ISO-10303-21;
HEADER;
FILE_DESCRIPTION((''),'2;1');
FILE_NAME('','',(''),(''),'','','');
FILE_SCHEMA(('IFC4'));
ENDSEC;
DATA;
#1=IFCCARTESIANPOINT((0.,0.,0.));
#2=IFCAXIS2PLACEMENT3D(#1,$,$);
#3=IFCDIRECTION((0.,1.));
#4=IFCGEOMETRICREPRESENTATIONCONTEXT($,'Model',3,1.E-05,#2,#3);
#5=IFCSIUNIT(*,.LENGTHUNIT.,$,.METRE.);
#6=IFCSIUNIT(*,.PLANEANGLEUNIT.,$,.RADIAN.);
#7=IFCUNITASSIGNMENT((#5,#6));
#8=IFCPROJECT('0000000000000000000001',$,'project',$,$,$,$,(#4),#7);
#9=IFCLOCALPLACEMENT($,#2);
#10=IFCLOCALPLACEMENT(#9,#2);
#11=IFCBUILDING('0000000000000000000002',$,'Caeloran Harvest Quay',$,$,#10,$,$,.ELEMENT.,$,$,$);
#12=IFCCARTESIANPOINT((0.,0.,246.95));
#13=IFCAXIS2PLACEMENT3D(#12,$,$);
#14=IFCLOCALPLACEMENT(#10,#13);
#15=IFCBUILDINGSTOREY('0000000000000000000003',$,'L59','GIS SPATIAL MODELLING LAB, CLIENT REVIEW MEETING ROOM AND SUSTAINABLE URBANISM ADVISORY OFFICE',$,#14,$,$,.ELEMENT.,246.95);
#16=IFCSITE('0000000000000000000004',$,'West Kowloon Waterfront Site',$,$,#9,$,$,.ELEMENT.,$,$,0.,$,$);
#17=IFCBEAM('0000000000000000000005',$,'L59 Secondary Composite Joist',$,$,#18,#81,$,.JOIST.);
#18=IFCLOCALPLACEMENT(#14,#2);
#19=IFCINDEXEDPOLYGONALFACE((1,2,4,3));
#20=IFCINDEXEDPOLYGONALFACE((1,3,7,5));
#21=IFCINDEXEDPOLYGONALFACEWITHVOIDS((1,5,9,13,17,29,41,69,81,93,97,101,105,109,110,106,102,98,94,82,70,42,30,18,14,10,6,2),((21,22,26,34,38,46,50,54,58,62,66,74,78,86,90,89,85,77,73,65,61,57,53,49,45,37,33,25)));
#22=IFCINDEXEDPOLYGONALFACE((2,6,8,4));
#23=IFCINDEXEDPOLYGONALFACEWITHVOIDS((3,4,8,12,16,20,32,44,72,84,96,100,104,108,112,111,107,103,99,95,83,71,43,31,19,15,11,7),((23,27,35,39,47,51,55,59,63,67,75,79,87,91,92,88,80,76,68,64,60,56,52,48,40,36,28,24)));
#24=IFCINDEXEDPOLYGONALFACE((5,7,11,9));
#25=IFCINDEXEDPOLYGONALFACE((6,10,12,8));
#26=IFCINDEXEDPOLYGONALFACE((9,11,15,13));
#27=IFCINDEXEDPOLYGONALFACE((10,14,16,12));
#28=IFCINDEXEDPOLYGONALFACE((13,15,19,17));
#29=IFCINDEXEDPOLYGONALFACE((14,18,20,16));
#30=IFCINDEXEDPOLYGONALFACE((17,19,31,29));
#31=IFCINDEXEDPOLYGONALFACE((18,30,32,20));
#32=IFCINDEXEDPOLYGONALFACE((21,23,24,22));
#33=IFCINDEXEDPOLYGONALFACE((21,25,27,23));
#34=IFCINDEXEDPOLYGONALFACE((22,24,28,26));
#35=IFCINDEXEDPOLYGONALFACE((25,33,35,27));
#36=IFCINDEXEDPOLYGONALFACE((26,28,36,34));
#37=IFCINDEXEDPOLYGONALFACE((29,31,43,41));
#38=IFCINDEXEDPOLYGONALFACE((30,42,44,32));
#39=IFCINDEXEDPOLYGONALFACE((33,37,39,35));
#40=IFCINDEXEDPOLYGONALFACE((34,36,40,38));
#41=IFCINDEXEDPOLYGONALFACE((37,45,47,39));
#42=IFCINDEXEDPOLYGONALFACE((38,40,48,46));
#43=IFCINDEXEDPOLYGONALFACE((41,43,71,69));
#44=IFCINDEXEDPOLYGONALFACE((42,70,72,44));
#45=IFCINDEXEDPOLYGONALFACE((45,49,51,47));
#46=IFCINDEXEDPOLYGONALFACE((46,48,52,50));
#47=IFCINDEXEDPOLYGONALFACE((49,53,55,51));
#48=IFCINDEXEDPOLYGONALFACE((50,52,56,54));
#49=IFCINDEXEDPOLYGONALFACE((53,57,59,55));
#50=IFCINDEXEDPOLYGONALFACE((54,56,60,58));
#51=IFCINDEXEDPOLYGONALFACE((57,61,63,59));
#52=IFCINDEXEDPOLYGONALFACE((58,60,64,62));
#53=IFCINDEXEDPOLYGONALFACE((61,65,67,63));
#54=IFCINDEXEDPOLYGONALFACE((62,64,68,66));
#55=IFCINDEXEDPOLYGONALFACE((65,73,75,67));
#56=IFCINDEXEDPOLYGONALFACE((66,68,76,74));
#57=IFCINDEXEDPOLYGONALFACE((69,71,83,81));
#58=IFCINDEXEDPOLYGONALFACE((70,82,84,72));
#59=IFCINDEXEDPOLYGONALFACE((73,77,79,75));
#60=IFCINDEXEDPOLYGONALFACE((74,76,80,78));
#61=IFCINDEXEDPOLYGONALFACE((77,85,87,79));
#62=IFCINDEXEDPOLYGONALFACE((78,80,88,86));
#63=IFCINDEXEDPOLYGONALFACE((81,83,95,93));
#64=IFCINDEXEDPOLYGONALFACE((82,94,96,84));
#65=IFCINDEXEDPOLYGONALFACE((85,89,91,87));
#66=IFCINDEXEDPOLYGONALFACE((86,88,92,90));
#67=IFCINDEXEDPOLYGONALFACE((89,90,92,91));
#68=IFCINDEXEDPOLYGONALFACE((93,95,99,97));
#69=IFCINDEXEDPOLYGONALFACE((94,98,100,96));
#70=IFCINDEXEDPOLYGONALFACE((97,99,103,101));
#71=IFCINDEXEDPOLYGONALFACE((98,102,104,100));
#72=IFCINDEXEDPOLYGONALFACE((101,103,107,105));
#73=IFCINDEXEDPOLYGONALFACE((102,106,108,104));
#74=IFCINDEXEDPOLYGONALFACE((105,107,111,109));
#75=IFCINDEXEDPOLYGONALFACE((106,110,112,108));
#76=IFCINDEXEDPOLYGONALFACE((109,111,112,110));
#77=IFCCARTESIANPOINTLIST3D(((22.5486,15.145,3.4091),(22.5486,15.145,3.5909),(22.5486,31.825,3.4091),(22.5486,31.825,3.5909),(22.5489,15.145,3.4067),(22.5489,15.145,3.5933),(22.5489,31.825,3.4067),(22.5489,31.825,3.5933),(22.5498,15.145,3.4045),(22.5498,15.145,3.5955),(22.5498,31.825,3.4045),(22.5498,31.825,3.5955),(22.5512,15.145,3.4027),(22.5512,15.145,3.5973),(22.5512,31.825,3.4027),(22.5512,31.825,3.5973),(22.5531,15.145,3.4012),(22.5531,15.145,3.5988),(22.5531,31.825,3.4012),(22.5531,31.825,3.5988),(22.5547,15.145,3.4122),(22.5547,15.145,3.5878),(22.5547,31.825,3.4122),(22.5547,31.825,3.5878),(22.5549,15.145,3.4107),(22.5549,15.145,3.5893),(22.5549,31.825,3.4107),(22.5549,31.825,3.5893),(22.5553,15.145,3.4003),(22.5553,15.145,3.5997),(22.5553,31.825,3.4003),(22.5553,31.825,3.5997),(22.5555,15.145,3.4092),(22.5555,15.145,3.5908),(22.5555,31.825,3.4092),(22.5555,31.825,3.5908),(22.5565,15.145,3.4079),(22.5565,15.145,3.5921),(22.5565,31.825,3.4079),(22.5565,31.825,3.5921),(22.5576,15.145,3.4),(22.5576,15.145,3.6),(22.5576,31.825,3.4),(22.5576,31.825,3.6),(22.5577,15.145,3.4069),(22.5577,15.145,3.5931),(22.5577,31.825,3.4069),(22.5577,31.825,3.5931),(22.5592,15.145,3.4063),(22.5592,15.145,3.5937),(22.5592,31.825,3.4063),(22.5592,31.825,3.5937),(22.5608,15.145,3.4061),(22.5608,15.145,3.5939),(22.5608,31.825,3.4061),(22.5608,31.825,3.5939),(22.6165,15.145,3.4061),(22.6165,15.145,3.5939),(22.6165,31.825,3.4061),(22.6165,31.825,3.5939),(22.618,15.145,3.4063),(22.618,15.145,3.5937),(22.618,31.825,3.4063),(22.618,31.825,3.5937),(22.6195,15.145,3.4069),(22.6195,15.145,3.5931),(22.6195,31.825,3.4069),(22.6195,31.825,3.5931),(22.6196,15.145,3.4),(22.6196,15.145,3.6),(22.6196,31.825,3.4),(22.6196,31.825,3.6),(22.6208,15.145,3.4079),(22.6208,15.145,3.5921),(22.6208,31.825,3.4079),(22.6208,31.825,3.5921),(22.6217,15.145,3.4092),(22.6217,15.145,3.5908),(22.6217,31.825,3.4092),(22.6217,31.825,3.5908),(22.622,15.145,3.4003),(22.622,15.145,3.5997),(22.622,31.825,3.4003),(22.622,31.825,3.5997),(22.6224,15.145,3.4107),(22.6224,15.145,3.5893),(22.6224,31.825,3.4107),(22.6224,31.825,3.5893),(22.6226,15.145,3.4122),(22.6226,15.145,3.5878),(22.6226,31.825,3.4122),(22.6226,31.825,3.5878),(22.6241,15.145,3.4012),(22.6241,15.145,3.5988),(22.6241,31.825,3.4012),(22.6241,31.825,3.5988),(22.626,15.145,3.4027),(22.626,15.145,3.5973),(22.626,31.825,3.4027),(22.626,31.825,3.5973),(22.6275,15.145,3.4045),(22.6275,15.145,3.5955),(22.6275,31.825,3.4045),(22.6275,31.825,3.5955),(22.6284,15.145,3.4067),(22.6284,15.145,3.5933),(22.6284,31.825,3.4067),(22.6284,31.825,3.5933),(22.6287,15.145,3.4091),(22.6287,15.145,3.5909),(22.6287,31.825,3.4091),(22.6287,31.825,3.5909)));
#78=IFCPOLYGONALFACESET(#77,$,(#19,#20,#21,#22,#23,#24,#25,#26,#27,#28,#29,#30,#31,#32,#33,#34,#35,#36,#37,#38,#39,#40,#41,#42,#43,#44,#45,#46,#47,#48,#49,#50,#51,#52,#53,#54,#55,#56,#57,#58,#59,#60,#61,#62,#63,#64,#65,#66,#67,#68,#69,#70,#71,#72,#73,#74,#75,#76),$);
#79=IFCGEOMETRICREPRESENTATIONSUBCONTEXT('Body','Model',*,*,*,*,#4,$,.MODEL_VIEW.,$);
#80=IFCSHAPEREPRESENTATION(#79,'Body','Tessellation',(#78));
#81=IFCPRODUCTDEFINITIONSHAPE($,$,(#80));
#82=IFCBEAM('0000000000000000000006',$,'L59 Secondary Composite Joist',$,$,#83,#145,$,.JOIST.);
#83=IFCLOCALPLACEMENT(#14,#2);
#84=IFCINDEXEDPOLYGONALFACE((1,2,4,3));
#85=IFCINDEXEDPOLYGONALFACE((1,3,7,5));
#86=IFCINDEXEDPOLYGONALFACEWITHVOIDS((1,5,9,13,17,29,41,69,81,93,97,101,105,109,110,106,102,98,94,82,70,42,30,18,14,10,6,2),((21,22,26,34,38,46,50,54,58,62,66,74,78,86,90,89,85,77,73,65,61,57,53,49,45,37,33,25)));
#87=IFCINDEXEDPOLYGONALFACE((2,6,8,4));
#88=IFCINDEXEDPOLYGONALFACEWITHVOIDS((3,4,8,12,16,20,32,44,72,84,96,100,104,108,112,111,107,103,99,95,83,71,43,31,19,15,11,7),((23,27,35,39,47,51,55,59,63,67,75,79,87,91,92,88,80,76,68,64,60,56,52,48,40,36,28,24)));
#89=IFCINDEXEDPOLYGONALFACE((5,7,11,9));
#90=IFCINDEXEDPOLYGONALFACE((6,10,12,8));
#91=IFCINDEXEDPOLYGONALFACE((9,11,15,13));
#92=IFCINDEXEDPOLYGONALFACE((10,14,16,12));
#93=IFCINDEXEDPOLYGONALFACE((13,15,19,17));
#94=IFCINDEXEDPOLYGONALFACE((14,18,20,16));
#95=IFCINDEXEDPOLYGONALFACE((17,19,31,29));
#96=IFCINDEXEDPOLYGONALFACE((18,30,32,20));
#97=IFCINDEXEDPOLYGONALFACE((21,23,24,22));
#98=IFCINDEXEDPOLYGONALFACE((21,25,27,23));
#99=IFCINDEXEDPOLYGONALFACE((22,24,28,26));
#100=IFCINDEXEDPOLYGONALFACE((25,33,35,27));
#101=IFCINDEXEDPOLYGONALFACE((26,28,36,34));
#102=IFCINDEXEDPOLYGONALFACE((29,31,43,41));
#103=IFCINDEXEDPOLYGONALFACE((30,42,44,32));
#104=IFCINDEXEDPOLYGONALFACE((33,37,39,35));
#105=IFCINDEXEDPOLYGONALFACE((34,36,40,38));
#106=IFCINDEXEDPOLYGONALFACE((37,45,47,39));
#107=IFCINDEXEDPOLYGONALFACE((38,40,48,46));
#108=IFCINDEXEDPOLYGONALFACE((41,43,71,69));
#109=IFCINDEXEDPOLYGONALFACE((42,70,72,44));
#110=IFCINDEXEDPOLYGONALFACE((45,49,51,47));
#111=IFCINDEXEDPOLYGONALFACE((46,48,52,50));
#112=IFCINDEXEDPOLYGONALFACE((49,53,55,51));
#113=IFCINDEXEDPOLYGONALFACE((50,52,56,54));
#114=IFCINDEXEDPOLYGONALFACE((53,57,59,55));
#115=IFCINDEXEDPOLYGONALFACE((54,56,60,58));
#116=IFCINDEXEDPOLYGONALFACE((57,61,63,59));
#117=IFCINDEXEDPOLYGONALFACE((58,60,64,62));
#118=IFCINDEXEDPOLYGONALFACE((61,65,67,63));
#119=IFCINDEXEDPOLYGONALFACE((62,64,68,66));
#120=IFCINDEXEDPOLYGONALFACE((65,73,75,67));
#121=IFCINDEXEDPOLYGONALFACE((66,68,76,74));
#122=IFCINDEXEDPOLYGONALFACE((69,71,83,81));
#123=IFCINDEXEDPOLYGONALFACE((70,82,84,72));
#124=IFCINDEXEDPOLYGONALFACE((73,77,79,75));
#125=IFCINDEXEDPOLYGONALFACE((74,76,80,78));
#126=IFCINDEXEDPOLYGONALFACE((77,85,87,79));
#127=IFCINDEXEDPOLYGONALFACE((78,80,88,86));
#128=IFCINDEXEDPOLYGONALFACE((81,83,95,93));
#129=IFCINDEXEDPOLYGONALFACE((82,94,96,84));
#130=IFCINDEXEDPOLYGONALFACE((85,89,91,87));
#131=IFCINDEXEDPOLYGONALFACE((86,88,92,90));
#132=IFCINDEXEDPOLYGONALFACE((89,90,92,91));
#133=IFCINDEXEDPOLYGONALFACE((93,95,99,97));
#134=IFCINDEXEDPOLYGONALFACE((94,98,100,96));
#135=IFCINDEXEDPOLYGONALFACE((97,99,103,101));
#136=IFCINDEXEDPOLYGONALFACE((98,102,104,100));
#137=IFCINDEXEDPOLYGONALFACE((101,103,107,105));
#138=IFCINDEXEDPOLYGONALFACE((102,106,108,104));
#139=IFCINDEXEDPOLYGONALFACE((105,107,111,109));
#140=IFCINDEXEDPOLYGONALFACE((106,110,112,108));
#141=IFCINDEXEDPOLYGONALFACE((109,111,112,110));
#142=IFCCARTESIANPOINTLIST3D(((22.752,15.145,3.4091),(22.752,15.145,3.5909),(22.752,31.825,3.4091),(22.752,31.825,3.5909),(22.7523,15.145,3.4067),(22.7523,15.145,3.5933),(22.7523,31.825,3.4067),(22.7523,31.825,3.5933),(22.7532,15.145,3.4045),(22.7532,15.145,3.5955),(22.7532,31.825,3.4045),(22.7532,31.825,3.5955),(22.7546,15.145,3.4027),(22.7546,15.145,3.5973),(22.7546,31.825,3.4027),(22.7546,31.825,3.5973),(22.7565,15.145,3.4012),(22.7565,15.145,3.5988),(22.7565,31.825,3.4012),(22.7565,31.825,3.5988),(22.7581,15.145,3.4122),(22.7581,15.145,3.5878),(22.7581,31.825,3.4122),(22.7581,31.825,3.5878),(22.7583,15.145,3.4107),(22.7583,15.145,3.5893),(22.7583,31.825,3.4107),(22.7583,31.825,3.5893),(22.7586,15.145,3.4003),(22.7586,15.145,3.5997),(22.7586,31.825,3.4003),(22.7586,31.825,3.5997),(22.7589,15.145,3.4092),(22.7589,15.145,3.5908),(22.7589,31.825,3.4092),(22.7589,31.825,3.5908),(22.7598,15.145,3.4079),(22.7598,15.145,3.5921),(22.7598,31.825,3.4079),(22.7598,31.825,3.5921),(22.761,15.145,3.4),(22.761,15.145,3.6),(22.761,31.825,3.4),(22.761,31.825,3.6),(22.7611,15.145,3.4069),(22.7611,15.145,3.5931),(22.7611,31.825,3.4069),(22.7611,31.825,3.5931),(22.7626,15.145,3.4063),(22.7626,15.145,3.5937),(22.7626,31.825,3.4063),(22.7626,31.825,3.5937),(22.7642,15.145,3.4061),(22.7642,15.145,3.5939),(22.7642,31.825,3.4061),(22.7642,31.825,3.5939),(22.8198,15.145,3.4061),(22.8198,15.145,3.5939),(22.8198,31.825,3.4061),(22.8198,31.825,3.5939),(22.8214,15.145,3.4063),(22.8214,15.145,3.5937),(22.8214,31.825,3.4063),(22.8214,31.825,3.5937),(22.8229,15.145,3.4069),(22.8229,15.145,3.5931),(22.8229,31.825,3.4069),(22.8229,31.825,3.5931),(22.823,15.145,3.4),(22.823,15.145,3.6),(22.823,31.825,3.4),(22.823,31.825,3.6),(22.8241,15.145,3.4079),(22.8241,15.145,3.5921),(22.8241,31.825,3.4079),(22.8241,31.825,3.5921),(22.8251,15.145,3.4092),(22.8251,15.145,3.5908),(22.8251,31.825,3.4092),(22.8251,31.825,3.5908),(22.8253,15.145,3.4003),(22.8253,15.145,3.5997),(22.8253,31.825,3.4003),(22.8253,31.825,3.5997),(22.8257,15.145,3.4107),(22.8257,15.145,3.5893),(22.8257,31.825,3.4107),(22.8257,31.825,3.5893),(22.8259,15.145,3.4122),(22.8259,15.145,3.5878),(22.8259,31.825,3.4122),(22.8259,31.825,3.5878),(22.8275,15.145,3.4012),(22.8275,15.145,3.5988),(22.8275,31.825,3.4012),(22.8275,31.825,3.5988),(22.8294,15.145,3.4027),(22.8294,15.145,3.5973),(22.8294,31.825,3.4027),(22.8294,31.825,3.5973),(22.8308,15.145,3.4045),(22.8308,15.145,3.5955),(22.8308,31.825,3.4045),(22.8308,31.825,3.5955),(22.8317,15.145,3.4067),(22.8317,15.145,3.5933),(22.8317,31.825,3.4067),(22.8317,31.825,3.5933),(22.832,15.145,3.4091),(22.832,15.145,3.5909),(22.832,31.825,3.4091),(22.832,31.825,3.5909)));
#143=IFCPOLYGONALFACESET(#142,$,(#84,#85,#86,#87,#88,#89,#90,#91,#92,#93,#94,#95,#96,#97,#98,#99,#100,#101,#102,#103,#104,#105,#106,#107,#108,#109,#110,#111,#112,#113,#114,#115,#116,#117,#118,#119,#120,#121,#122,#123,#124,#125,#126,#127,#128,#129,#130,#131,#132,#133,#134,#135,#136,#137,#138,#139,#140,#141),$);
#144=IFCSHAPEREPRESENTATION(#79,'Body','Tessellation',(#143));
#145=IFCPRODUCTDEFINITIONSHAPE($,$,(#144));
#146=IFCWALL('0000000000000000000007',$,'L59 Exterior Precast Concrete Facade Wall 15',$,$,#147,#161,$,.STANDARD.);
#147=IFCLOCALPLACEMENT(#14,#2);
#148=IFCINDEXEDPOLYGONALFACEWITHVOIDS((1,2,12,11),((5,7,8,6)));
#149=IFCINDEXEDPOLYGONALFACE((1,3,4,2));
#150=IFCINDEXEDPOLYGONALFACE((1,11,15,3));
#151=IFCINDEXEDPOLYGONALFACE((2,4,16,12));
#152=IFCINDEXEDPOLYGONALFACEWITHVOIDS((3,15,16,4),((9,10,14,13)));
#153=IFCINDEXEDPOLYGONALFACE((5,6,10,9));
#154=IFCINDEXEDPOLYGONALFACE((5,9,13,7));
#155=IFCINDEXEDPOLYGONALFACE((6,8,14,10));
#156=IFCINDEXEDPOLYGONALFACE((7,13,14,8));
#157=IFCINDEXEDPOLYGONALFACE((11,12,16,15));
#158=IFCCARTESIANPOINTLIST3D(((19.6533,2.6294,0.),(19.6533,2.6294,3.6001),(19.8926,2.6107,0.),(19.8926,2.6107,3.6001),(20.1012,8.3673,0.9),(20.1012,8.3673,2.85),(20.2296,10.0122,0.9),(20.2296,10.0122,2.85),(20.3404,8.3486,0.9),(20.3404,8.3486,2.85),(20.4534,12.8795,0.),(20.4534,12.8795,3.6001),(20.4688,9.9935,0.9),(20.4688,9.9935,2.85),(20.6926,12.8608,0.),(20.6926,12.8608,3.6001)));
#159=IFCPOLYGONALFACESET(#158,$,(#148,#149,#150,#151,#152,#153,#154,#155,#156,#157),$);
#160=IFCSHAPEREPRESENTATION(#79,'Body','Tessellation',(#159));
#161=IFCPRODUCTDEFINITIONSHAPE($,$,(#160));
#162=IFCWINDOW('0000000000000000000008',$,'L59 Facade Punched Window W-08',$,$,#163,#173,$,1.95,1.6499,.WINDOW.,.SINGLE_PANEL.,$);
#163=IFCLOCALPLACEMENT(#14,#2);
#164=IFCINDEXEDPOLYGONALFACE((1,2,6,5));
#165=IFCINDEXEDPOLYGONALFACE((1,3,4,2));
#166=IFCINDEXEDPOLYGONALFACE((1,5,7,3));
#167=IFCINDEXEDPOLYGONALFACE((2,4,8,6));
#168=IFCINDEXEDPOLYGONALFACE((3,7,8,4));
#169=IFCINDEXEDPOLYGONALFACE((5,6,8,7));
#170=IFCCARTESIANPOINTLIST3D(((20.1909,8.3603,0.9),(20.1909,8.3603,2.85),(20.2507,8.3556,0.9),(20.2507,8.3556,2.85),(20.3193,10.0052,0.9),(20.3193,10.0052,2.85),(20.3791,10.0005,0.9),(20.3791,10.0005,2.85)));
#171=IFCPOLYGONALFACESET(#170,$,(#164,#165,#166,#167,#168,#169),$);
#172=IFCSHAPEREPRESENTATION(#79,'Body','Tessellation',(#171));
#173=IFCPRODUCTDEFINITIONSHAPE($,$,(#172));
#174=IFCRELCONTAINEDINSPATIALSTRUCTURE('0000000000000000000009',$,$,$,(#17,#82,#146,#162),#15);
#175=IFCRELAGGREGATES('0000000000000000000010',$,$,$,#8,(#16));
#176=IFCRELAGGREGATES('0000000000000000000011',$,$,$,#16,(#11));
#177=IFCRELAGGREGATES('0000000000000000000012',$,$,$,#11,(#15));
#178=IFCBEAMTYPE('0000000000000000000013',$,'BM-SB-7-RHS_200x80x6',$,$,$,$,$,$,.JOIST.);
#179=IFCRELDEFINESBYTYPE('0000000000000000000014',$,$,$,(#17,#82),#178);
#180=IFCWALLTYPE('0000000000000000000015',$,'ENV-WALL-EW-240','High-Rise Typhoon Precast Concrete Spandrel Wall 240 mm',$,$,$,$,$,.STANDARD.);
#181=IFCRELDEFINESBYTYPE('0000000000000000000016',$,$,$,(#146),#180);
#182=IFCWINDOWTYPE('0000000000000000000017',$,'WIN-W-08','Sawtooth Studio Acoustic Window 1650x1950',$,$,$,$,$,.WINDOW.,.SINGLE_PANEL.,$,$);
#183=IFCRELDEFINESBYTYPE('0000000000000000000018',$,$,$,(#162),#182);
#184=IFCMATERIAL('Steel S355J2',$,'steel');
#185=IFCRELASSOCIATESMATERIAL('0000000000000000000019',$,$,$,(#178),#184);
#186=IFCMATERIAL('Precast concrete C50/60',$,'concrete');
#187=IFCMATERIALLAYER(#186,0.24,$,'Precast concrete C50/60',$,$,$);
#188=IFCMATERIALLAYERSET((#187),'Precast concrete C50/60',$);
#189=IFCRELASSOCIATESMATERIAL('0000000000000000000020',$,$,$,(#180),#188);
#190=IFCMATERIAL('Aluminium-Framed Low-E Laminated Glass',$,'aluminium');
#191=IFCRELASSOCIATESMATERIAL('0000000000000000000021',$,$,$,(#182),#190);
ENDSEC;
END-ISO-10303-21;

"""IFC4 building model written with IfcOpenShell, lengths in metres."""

from ifc_helpers import new_model, si_unit, direction, frame, frame_2d, origin, origin_2d, place, context, subcontext, project, spatial, rectangle, hollow_rectangle, extrude, material, layer, layer_set, material_profile, profile_set, type_object, element, fill, save


model = new_model("IFC4")

# Units and contexts
model_context = context("Model", 3, precision=1e-05, world=origin(), true_north=direction((0.0, 1.0)))
body_context = subcontext(model_context, "Body", "Model", "MODEL_VIEW")
ifc_project = project(units=[si_unit("LENGTHUNIT", "METRE"), si_unit("PLANEANGLEUNIT", "RADIAN")], contexts=[model_context])

# Site, building, storey
site_placement = place(None, origin())
site = spatial("IfcSite", under=ifc_project, at=site_placement, Name="West Kowloon Waterfront Site", CompositionType="ELEMENT", RefElevation=0.0)
building_placement = place(site_placement, origin())
building = spatial("IfcBuilding", under=site, at=building_placement, Name="Caeloran Harvest Quay", CompositionType="ELEMENT")
storey_placement = place(building_placement, frame((0.0, 0.0, 246.95)))
storey = spatial("IfcBuildingStorey", under=building, at=storey_placement, Name="L59", Description="GIS SPATIAL MODELLING LAB, CLIENT REVIEW MEETING ROOM AND SUSTAINABLE URBANISM ADVISORY OFFICE", CompositionType="ELEMENT", Elevation=246.95)

# Beams
ifc_material_1 = material(Name="Steel S355J2", Category="steel")
ifc_material_profile_1 = material_profile(ifc_material_1, hollow_rectangle(XDim=0.0801, YDim=0.2, WallThickness=0.0061, InnerFilletRadius=0.0061, OuterFilletRadius=0.009, at=origin_2d()), Name="RHS 200x80x6")
ifc_profile_set_1 = profile_set([ifc_material_profile_1], Name="Steel S355J2")
beam_type_1 = type_object("IfcBeamType", Name="BM-SB-7-RHS_200x80x6", PredefinedType="JOIST", material=ifc_profile_set_1)
for number, where, z_axis, x_axis, name in (
    (1, (22.5886, 15.145, 3.5), (0.0, 1.0, 0.0), (-1.0, 0.0, 0.0), "L59 Secondary Composite Joist"),
    (2, (22.792, 15.145, 3.5), (0.0, 1.0, 0.0), (-1.0, 0.0, 0.0), "L59 Secondary Composite Joist"),
):
    element("IfcBeam", number, at=place(storey_placement, frame(where, z_axis=z_axis, x_axis=x_axis)), inside=storey, type_object=beam_type_1, Name=name, PredefinedType="JOIST", context=body_context, shape_type="SweptSolid", body=[
        extrude(hollow_rectangle(XDim=0.0801, YDim=0.2, WallThickness=0.0061, InnerFilletRadius=0.0061, OuterFilletRadius=0.009, at=origin_2d()), origin(), (0.0, 0.0, 1.0), 16.6799),
    ])

# Wall, opening, window
ifc_material_2 = material(Name="Precast concrete C50/60", Category="concrete")
ifc_layer_1 = layer(ifc_material_2, 0.24, Name="Precast concrete C50/60")
ifc_layer_set_1 = layer_set([ifc_layer_1], Name="Precast concrete C50/60")
wall_type_1 = type_object("IfcWallType", Name="ENV-WALL-EW-240", Description="High-Rise Typhoon Precast Concrete Spandrel Wall 240 mm", PredefinedType="STANDARD", material=ifc_layer_set_1)
wall_1_placement = place(storey_placement, frame((20.573, 12.8701, 0.0), z_axis=(0.0, 0.0, 1.0), x_axis=(-0.077817, -0.996968, 0.0)))
wall_1 = element("IfcWall", 3, at=wall_1_placement, inside=storey, type_object=wall_type_1, Name="L59 Exterior Precast Concrete Facade Wall 15", PredefinedType="STANDARD", context=body_context, shape_type="SweptSolid", body=[
    extrude(rectangle(XDim=10.2812, YDim=0.24, at=frame_2d((5.1406, 0.0))), origin(), (0.0, 0.0, 1.0), 3.6001),
])
opening_1_placement = place(wall_1_placement, frame((2.876, 0.0, 0.8999)))
opening_1 = element("IfcOpeningElement", 4, at=opening_1_placement, cuts=wall_1, PredefinedType="OPENING", context=body_context, shape_type="SweptSolid", body=[
    extrude(rectangle(XDim=1.6499, YDim=1.95, at=frame_2d((0.825, 0.9751))), frame((0.0, 0.1299, 0.0), z_axis=(0.0, -1.0, 0.0), x_axis=(1.0, 0.0, 0.0)), (0.0, 0.0, 1.0), 0.26),
])
ifc_material_3 = material(Name="Aluminium-Framed Low-E Laminated Glass", Category="aluminium")
window_type = type_object("IfcWindowType", Name="WIN-W-08", Description="Sawtooth Studio Acoustic Window 1650x1950", PartitioningType="SINGLE_PANEL", PredefinedType="WINDOW", material=ifc_material_3)
window_placement = place(opening_1_placement, origin())
window = element("IfcWindow", 5, at=window_placement, inside=storey, type_object=window_type, Name="L59 Facade Punched Window W-08", OverallHeight=1.95, OverallWidth=1.6499, PartitioningType="SINGLE_PANEL", PredefinedType="WINDOW", context=body_context, shape_type="SweptSolid", body=[
    extrude(rectangle(XDim=1.6499, YDim=1.95, at=frame_2d((0.825, 0.9751))), frame((0.0, 0.03, 0.0), z_axis=(0.0, -1.0, 0.0), x_axis=(1.0, 0.0, 0.0)), (0.0, 0.0, 1.0), 0.0601),
])
fill(opening_1, window)

save(model, "model.ifc")
